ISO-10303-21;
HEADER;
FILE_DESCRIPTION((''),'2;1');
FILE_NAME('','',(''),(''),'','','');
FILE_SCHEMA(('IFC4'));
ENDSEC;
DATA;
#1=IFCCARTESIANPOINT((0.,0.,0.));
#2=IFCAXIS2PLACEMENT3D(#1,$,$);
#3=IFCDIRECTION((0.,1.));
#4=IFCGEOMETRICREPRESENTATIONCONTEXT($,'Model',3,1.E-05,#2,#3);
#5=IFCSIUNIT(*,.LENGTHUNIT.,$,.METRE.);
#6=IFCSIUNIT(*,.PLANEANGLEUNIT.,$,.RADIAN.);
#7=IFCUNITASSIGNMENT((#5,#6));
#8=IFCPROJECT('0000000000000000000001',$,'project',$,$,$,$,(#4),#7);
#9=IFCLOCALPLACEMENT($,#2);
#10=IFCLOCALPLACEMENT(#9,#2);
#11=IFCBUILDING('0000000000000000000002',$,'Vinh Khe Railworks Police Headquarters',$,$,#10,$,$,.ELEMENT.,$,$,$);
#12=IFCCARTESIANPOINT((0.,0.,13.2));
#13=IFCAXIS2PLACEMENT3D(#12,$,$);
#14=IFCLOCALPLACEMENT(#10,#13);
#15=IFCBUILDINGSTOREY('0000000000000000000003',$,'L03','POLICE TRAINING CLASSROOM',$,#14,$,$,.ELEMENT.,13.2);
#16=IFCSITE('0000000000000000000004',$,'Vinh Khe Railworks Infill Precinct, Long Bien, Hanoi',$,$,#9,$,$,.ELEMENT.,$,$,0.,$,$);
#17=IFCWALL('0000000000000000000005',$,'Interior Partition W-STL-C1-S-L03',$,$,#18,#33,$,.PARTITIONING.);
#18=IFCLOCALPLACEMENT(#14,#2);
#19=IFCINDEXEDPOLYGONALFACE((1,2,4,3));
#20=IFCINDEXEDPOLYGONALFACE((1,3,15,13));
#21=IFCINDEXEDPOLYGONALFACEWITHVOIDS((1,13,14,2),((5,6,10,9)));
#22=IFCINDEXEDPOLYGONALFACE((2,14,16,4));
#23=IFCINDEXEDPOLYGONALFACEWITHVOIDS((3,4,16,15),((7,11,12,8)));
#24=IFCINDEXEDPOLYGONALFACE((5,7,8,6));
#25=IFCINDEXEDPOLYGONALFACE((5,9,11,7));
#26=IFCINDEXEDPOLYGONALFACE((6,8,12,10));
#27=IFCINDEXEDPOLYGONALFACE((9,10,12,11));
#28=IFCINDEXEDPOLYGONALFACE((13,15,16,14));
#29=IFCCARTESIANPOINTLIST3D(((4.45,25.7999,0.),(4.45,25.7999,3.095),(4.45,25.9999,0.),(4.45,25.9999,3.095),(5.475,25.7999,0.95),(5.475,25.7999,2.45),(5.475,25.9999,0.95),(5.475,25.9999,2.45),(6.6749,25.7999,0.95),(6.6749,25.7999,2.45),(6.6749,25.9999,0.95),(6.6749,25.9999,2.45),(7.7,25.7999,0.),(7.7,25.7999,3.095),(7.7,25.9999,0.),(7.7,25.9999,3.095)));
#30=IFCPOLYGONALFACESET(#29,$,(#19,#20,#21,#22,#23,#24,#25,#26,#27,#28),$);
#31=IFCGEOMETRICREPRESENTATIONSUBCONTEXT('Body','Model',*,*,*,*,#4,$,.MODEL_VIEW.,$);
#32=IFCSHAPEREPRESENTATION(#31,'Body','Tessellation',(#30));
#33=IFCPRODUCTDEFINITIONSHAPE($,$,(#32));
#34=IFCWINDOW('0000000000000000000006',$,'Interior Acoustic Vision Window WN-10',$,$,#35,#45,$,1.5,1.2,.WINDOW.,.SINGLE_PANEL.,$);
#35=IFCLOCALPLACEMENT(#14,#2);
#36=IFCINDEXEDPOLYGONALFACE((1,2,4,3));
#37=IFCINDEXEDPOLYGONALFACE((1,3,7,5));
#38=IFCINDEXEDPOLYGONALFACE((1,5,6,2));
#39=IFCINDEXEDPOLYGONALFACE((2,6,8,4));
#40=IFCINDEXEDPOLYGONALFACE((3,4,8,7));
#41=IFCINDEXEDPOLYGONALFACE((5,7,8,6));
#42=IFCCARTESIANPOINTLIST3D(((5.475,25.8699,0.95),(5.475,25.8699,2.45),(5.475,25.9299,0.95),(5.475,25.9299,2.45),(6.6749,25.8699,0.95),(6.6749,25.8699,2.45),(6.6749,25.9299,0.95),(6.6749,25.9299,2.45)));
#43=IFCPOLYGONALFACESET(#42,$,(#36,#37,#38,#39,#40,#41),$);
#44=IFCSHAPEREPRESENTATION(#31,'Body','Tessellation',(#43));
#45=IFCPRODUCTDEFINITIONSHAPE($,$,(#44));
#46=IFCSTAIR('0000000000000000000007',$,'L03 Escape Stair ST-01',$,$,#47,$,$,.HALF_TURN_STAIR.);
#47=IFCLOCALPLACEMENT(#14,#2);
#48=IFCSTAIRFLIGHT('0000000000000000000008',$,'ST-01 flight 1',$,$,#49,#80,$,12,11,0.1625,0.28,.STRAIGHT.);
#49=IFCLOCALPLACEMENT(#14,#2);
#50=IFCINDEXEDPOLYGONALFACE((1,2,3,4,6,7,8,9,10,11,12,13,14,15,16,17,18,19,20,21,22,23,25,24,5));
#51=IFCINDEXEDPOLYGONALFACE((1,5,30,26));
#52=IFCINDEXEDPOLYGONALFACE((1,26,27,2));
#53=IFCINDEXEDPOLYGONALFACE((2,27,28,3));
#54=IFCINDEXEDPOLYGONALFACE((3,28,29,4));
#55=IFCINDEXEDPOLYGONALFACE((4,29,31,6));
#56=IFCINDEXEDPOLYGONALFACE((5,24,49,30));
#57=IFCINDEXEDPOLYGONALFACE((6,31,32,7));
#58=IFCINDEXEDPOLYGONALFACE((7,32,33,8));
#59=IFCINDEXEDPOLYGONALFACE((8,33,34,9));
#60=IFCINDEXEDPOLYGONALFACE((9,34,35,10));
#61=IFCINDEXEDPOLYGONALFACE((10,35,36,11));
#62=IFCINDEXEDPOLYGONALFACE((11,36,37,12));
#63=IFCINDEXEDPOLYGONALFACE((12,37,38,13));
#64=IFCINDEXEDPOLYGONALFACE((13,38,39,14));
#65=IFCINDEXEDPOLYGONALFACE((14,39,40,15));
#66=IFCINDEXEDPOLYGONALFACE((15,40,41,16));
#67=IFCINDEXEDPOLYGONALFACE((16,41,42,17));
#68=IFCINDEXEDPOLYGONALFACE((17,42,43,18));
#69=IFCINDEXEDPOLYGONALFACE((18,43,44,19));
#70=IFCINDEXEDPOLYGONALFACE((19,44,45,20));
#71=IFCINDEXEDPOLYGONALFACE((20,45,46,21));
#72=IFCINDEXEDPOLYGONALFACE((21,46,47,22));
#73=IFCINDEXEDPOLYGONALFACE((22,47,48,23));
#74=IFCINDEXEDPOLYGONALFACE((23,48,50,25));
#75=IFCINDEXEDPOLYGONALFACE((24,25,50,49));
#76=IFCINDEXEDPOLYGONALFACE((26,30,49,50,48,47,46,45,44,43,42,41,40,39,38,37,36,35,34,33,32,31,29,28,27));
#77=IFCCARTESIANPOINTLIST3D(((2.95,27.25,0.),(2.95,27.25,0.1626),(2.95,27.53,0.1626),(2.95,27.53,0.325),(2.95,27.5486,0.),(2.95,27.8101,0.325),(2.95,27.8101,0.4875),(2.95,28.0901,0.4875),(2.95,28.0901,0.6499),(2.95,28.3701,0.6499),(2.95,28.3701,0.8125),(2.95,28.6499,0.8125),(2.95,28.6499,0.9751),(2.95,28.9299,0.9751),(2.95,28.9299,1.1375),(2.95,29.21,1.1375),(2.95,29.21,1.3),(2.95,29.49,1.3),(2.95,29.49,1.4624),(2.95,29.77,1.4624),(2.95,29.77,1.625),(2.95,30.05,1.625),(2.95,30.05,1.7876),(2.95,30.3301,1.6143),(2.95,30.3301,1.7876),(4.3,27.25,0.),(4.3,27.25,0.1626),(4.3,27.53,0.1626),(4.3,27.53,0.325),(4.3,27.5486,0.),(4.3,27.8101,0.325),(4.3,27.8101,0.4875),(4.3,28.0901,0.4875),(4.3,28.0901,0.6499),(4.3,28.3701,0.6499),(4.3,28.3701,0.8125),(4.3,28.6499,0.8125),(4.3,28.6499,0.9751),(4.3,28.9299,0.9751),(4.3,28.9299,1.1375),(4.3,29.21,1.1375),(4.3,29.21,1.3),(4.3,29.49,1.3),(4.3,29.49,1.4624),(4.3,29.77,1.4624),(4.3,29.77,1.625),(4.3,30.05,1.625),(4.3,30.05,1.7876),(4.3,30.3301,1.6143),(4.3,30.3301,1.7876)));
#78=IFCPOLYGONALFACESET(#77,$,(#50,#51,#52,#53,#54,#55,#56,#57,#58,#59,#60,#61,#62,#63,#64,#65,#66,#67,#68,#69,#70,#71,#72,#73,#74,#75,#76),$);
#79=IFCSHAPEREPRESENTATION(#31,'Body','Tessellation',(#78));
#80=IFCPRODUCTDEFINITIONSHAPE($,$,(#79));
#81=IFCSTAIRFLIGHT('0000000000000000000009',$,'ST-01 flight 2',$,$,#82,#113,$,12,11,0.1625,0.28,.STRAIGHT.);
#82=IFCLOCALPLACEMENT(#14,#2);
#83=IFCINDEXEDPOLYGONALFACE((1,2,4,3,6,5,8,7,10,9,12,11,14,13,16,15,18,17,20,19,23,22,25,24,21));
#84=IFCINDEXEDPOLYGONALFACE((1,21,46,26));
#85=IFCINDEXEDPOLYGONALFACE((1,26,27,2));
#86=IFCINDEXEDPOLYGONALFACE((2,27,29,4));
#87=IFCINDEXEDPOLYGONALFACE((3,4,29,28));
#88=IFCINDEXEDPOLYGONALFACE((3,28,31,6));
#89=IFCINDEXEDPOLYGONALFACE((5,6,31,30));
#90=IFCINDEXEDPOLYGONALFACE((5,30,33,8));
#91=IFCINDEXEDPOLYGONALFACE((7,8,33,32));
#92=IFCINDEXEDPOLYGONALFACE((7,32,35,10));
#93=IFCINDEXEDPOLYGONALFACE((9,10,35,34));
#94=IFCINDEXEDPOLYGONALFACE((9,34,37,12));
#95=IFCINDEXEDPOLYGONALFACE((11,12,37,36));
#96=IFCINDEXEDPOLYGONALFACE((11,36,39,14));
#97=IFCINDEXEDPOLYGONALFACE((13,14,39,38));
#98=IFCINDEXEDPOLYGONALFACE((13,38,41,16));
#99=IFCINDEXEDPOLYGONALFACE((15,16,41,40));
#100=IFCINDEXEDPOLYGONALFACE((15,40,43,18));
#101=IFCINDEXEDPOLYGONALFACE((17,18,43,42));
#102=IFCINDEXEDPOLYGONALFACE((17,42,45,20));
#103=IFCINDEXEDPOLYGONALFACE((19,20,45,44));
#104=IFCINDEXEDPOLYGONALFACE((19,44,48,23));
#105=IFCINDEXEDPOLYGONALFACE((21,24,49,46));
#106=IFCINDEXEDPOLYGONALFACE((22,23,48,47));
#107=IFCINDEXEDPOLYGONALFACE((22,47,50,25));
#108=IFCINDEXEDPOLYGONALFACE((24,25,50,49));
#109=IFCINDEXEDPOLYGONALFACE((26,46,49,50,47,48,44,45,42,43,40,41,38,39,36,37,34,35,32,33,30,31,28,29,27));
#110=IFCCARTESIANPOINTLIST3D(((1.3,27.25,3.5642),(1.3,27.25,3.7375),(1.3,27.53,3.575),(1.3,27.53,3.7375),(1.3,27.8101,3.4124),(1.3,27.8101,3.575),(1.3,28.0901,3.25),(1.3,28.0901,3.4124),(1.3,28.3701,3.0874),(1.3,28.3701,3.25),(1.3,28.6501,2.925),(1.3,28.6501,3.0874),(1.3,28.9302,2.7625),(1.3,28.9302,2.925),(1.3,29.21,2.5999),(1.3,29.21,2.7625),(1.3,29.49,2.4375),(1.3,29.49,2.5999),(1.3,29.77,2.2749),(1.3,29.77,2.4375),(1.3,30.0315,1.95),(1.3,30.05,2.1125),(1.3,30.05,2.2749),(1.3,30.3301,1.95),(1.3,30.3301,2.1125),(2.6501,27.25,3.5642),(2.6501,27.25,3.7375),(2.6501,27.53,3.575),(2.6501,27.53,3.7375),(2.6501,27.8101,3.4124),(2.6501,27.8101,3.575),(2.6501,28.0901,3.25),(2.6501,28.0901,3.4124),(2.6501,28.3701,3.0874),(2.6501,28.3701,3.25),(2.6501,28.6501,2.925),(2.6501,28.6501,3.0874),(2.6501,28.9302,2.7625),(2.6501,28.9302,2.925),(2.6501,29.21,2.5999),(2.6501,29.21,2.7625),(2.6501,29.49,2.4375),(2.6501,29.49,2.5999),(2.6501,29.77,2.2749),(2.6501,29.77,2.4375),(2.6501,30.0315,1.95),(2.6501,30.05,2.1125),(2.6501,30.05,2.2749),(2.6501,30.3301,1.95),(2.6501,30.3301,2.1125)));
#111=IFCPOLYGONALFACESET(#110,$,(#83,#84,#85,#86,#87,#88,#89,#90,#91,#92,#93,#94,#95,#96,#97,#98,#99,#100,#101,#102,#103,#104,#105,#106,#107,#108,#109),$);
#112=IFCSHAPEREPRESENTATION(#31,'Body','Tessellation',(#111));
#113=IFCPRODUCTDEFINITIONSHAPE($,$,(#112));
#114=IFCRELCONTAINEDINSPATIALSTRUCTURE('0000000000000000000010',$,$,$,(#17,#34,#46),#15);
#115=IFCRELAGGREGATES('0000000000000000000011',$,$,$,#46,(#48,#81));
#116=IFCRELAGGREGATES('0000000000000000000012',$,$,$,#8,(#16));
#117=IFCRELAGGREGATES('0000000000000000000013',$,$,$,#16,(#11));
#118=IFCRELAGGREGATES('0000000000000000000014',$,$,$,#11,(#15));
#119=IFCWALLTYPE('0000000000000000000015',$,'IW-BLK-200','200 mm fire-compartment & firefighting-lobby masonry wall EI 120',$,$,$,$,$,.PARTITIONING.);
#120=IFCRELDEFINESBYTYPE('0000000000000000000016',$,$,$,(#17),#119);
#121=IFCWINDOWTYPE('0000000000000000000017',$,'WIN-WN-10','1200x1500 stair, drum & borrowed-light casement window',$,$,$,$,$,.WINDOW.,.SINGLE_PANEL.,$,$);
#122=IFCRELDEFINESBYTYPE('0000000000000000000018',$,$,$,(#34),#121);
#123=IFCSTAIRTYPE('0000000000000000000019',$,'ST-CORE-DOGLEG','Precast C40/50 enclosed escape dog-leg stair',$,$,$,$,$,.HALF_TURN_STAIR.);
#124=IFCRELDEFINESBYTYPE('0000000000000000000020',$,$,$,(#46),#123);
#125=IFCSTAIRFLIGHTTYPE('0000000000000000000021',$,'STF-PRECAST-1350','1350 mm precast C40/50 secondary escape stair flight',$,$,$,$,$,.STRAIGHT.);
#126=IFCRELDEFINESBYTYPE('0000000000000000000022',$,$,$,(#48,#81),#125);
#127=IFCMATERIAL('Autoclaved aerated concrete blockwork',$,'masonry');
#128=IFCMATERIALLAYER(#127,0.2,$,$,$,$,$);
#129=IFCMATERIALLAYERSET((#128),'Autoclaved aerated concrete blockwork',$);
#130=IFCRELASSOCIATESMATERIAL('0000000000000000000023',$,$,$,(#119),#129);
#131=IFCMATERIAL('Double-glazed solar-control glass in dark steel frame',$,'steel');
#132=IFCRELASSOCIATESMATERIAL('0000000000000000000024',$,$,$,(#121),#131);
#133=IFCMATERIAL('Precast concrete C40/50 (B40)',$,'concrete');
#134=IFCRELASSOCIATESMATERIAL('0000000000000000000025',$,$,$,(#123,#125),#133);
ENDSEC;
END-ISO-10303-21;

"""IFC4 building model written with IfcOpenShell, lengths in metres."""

from ifc_helpers import new_model, si_unit, direction, frame, frame_2d, origin, place, context, subcontext, project, spatial, polyline, rectangle, outline, extrude, material, layer, layer_set, type_object, element, fill, aggregate, save


model = new_model("IFC4")

# Units and contexts
model_context = context("Model", 3, precision=1e-05, world=origin(), true_north=direction((0.0, 1.0)))
body_context = subcontext(model_context, "Body", "Model", "MODEL_VIEW")
ifc_project = project(units=[si_unit("LENGTHUNIT", "METRE"), si_unit("PLANEANGLEUNIT", "RADIAN")], contexts=[model_context])

# Site, building, storey
site_placement = place(None, origin())
site = spatial("IfcSite", under=ifc_project, at=site_placement, Name="Vinh Khe Railworks Infill Precinct, Long Bien, Hanoi", CompositionType="ELEMENT", RefElevation=0.0)
building_placement = place(site_placement, origin())
building = spatial("IfcBuilding", under=site, at=building_placement, Name="Vinh Khe Railworks Police Headquarters", CompositionType="ELEMENT")
storey_placement = place(building_placement, frame((0.0, 0.0, 13.2)))
storey = spatial("IfcBuildingStorey", under=building, at=storey_placement, Name="L03", Description="POLICE TRAINING CLASSROOM", CompositionType="ELEMENT", Elevation=13.2)

# Wall, opening, window
ifc_material_1 = material(Name="Autoclaved aerated concrete blockwork", Category="masonry")
ifc_layer_1 = layer(ifc_material_1, 0.2)
ifc_layer_set_1 = layer_set([ifc_layer_1], Name="Autoclaved aerated concrete blockwork")
wall_type_1 = type_object("IfcWallType", Name="IW-BLK-200", Description="200 mm fire-compartment & firefighting-lobby masonry wall EI 120", PredefinedType="PARTITIONING", material=ifc_layer_set_1)
wall_1_placement = place(storey_placement, frame((4.45, 25.8999, 0.0), z_axis=(0.0, 0.0, 1.0), x_axis=(1.0, 0.0, 0.0)))
wall_1 = element("IfcWall", 1, at=wall_1_placement, inside=storey, type_object=wall_type_1, Name="Interior Partition W-STL-C1-S-L03", PredefinedType="PARTITIONING", context=body_context, shape_type="SweptSolid", body=[
    extrude(rectangle(XDim=3.25, YDim=0.2, at=frame_2d((1.625, 0.0))), origin(), (0.0, 0.0, 1.0), 3.095),
])
opening_1_placement = place(wall_1_placement, frame((1.0249, 0.0, 0.95)))
opening_1 = element("IfcOpeningElement", 2, at=opening_1_placement, cuts=wall_1, PredefinedType="OPENING", context=body_context, shape_type="SweptSolid", body=[
    extrude(rectangle(XDim=1.2, YDim=1.5, at=frame_2d((0.6001, 0.75))), frame((0.0, 0.1147, 0.0), z_axis=(0.0, -1.0, 0.0), x_axis=(1.0, 0.0, 0.0)), (0.0, 0.0, 1.0), 0.2297),
])
ifc_material_2 = material(Name="Double-glazed solar-control glass in dark steel frame", Category="steel")
window_type = type_object("IfcWindowType", Name="WIN-WN-10", Description="1200x1500 stair, drum & borrowed-light casement window", PartitioningType="SINGLE_PANEL", PredefinedType="WINDOW", material=ifc_material_2)
window_placement = place(opening_1_placement, origin())
window = element("IfcWindow", 3, at=window_placement, inside=storey, type_object=window_type, Name="Interior Acoustic Vision Window WN-10", OverallHeight=1.5, OverallWidth=1.2, PartitioningType="SINGLE_PANEL", PredefinedType="WINDOW", context=body_context, shape_type="SweptSolid", body=[
    extrude(rectangle(XDim=1.2, YDim=1.5, at=frame_2d((0.6001, 0.75))), frame((0.0, 0.03, 0.0), z_axis=(0.0, -1.0, 0.0), x_axis=(1.0, 0.0, 0.0)), (0.0, 0.0, 1.0), 0.0601),
])
fill(opening_1, window)

# Stair, stair flights
ifc_material_3 = material(Name="Precast concrete C40/50 (B40)", Category="concrete")
stair_type = type_object("IfcStairType", Name="ST-CORE-DOGLEG", Description="Precast C40/50 enclosed escape dog-leg stair", PredefinedType="HALF_TURN_STAIR", material=ifc_material_3)
stair_placement = place(storey_placement, origin())
stair = element("IfcStair", 4, at=stair_placement, inside=storey, type_object=stair_type, Name="L03 Escape Stair ST-01", PredefinedType="HALF_TURN_STAIR")
stair_flight_type = type_object("IfcStairFlightType", Name="STF-PRECAST-1350", Description="1350 mm precast C40/50 secondary escape stair flight", PredefinedType="STRAIGHT", material=ifc_material_3)
stair_flight_1_placement = place(storey_placement, frame((3.625, 27.25, 0.0), z_axis=(0.0, 0.0, 1.0), x_axis=(0.0, 1.0, 0.0)))
stair_flight_1 = element("IfcStairFlight", 5, at=stair_flight_1_placement, type_object=stair_flight_type, Name="ST-01 flight 1", NumberOfRisers=12, NumberOfTreads=11, PredefinedType="STRAIGHT", RiserHeight=0.1625, TreadLength=0.28, context=body_context, shape_type="SweptSolid", body=[
    extrude(outline(polyline([(0.0, 0.0), (0.0, 0.1626), (0.28, 0.1626), (0.28, 0.325), (0.5601, 0.325), (0.5601, 0.4875), (0.8401, 0.4875), (0.8401, 0.6499), (1.1201, 0.6499), (1.1201, 0.8125), (1.3999, 0.8125), (1.3999, 0.9751), (1.6799, 0.9751), (1.6799, 1.1375), (1.96, 1.1375), (1.96, 1.3), (2.24, 1.3), (2.24, 1.4624), (2.52, 1.4624), (2.52, 1.625), (2.8, 1.625), (2.8, 1.7876), (3.0801, 1.7876), (3.0801, 1.95), (3.0801, 1.6143), (0.2986, 0.0), (0.0, 0.0)])), frame((0.0, 0.675, 0.0), z_axis=(0.0, -1.0, 0.0), x_axis=(1.0, 0.0, 0.0)), (0.0, 0.0, 1.0), 1.3501),
])
stair_flight_2_placement = place(storey_placement, frame((1.9751, 30.3301, 1.95), z_axis=(0.0, 0.0, 1.0), x_axis=(0.0, -1.0, 0.0)))
stair_flight_2 = element("IfcStairFlight", 6, at=stair_flight_2_placement, type_object=stair_flight_type, Name="ST-01 flight 2", NumberOfRisers=12, NumberOfTreads=11, PredefinedType="STRAIGHT", RiserHeight=0.1625, TreadLength=0.28, context=body_context, shape_type="SweptSolid", body=[
    extrude(outline(polyline([(0.0, 0.0), (0.0, 0.1626), (0.28, 0.1626), (0.28, 0.325), (0.5601, 0.325), (0.5601, 0.4875), (0.8401, 0.4875), (0.8401, 0.6499), (1.1201, 0.6499), (1.1201, 0.8125), (1.3999, 0.8125), (1.3999, 0.9751), (1.6799, 0.9751), (1.6799, 1.1375), (1.96, 1.1375), (1.96, 1.3), (2.24, 1.3), (2.24, 1.4624), (2.52, 1.4624), (2.52, 1.625), (2.8, 1.625), (2.8, 1.7876), (3.0801, 1.7876), (3.0801, 1.95), (3.0801, 1.6143), (0.2986, 0.0), (0.0, 0.0)])), frame((0.0, 0.675, 0.0), z_axis=(0.0, -1.0, 0.0), x_axis=(1.0, 0.0, 0.0)), (0.0, 0.0, 1.0), 1.3501),
])
aggregate(stair, [stair_flight_1, stair_flight_2])

save(model, "model.ifc")
